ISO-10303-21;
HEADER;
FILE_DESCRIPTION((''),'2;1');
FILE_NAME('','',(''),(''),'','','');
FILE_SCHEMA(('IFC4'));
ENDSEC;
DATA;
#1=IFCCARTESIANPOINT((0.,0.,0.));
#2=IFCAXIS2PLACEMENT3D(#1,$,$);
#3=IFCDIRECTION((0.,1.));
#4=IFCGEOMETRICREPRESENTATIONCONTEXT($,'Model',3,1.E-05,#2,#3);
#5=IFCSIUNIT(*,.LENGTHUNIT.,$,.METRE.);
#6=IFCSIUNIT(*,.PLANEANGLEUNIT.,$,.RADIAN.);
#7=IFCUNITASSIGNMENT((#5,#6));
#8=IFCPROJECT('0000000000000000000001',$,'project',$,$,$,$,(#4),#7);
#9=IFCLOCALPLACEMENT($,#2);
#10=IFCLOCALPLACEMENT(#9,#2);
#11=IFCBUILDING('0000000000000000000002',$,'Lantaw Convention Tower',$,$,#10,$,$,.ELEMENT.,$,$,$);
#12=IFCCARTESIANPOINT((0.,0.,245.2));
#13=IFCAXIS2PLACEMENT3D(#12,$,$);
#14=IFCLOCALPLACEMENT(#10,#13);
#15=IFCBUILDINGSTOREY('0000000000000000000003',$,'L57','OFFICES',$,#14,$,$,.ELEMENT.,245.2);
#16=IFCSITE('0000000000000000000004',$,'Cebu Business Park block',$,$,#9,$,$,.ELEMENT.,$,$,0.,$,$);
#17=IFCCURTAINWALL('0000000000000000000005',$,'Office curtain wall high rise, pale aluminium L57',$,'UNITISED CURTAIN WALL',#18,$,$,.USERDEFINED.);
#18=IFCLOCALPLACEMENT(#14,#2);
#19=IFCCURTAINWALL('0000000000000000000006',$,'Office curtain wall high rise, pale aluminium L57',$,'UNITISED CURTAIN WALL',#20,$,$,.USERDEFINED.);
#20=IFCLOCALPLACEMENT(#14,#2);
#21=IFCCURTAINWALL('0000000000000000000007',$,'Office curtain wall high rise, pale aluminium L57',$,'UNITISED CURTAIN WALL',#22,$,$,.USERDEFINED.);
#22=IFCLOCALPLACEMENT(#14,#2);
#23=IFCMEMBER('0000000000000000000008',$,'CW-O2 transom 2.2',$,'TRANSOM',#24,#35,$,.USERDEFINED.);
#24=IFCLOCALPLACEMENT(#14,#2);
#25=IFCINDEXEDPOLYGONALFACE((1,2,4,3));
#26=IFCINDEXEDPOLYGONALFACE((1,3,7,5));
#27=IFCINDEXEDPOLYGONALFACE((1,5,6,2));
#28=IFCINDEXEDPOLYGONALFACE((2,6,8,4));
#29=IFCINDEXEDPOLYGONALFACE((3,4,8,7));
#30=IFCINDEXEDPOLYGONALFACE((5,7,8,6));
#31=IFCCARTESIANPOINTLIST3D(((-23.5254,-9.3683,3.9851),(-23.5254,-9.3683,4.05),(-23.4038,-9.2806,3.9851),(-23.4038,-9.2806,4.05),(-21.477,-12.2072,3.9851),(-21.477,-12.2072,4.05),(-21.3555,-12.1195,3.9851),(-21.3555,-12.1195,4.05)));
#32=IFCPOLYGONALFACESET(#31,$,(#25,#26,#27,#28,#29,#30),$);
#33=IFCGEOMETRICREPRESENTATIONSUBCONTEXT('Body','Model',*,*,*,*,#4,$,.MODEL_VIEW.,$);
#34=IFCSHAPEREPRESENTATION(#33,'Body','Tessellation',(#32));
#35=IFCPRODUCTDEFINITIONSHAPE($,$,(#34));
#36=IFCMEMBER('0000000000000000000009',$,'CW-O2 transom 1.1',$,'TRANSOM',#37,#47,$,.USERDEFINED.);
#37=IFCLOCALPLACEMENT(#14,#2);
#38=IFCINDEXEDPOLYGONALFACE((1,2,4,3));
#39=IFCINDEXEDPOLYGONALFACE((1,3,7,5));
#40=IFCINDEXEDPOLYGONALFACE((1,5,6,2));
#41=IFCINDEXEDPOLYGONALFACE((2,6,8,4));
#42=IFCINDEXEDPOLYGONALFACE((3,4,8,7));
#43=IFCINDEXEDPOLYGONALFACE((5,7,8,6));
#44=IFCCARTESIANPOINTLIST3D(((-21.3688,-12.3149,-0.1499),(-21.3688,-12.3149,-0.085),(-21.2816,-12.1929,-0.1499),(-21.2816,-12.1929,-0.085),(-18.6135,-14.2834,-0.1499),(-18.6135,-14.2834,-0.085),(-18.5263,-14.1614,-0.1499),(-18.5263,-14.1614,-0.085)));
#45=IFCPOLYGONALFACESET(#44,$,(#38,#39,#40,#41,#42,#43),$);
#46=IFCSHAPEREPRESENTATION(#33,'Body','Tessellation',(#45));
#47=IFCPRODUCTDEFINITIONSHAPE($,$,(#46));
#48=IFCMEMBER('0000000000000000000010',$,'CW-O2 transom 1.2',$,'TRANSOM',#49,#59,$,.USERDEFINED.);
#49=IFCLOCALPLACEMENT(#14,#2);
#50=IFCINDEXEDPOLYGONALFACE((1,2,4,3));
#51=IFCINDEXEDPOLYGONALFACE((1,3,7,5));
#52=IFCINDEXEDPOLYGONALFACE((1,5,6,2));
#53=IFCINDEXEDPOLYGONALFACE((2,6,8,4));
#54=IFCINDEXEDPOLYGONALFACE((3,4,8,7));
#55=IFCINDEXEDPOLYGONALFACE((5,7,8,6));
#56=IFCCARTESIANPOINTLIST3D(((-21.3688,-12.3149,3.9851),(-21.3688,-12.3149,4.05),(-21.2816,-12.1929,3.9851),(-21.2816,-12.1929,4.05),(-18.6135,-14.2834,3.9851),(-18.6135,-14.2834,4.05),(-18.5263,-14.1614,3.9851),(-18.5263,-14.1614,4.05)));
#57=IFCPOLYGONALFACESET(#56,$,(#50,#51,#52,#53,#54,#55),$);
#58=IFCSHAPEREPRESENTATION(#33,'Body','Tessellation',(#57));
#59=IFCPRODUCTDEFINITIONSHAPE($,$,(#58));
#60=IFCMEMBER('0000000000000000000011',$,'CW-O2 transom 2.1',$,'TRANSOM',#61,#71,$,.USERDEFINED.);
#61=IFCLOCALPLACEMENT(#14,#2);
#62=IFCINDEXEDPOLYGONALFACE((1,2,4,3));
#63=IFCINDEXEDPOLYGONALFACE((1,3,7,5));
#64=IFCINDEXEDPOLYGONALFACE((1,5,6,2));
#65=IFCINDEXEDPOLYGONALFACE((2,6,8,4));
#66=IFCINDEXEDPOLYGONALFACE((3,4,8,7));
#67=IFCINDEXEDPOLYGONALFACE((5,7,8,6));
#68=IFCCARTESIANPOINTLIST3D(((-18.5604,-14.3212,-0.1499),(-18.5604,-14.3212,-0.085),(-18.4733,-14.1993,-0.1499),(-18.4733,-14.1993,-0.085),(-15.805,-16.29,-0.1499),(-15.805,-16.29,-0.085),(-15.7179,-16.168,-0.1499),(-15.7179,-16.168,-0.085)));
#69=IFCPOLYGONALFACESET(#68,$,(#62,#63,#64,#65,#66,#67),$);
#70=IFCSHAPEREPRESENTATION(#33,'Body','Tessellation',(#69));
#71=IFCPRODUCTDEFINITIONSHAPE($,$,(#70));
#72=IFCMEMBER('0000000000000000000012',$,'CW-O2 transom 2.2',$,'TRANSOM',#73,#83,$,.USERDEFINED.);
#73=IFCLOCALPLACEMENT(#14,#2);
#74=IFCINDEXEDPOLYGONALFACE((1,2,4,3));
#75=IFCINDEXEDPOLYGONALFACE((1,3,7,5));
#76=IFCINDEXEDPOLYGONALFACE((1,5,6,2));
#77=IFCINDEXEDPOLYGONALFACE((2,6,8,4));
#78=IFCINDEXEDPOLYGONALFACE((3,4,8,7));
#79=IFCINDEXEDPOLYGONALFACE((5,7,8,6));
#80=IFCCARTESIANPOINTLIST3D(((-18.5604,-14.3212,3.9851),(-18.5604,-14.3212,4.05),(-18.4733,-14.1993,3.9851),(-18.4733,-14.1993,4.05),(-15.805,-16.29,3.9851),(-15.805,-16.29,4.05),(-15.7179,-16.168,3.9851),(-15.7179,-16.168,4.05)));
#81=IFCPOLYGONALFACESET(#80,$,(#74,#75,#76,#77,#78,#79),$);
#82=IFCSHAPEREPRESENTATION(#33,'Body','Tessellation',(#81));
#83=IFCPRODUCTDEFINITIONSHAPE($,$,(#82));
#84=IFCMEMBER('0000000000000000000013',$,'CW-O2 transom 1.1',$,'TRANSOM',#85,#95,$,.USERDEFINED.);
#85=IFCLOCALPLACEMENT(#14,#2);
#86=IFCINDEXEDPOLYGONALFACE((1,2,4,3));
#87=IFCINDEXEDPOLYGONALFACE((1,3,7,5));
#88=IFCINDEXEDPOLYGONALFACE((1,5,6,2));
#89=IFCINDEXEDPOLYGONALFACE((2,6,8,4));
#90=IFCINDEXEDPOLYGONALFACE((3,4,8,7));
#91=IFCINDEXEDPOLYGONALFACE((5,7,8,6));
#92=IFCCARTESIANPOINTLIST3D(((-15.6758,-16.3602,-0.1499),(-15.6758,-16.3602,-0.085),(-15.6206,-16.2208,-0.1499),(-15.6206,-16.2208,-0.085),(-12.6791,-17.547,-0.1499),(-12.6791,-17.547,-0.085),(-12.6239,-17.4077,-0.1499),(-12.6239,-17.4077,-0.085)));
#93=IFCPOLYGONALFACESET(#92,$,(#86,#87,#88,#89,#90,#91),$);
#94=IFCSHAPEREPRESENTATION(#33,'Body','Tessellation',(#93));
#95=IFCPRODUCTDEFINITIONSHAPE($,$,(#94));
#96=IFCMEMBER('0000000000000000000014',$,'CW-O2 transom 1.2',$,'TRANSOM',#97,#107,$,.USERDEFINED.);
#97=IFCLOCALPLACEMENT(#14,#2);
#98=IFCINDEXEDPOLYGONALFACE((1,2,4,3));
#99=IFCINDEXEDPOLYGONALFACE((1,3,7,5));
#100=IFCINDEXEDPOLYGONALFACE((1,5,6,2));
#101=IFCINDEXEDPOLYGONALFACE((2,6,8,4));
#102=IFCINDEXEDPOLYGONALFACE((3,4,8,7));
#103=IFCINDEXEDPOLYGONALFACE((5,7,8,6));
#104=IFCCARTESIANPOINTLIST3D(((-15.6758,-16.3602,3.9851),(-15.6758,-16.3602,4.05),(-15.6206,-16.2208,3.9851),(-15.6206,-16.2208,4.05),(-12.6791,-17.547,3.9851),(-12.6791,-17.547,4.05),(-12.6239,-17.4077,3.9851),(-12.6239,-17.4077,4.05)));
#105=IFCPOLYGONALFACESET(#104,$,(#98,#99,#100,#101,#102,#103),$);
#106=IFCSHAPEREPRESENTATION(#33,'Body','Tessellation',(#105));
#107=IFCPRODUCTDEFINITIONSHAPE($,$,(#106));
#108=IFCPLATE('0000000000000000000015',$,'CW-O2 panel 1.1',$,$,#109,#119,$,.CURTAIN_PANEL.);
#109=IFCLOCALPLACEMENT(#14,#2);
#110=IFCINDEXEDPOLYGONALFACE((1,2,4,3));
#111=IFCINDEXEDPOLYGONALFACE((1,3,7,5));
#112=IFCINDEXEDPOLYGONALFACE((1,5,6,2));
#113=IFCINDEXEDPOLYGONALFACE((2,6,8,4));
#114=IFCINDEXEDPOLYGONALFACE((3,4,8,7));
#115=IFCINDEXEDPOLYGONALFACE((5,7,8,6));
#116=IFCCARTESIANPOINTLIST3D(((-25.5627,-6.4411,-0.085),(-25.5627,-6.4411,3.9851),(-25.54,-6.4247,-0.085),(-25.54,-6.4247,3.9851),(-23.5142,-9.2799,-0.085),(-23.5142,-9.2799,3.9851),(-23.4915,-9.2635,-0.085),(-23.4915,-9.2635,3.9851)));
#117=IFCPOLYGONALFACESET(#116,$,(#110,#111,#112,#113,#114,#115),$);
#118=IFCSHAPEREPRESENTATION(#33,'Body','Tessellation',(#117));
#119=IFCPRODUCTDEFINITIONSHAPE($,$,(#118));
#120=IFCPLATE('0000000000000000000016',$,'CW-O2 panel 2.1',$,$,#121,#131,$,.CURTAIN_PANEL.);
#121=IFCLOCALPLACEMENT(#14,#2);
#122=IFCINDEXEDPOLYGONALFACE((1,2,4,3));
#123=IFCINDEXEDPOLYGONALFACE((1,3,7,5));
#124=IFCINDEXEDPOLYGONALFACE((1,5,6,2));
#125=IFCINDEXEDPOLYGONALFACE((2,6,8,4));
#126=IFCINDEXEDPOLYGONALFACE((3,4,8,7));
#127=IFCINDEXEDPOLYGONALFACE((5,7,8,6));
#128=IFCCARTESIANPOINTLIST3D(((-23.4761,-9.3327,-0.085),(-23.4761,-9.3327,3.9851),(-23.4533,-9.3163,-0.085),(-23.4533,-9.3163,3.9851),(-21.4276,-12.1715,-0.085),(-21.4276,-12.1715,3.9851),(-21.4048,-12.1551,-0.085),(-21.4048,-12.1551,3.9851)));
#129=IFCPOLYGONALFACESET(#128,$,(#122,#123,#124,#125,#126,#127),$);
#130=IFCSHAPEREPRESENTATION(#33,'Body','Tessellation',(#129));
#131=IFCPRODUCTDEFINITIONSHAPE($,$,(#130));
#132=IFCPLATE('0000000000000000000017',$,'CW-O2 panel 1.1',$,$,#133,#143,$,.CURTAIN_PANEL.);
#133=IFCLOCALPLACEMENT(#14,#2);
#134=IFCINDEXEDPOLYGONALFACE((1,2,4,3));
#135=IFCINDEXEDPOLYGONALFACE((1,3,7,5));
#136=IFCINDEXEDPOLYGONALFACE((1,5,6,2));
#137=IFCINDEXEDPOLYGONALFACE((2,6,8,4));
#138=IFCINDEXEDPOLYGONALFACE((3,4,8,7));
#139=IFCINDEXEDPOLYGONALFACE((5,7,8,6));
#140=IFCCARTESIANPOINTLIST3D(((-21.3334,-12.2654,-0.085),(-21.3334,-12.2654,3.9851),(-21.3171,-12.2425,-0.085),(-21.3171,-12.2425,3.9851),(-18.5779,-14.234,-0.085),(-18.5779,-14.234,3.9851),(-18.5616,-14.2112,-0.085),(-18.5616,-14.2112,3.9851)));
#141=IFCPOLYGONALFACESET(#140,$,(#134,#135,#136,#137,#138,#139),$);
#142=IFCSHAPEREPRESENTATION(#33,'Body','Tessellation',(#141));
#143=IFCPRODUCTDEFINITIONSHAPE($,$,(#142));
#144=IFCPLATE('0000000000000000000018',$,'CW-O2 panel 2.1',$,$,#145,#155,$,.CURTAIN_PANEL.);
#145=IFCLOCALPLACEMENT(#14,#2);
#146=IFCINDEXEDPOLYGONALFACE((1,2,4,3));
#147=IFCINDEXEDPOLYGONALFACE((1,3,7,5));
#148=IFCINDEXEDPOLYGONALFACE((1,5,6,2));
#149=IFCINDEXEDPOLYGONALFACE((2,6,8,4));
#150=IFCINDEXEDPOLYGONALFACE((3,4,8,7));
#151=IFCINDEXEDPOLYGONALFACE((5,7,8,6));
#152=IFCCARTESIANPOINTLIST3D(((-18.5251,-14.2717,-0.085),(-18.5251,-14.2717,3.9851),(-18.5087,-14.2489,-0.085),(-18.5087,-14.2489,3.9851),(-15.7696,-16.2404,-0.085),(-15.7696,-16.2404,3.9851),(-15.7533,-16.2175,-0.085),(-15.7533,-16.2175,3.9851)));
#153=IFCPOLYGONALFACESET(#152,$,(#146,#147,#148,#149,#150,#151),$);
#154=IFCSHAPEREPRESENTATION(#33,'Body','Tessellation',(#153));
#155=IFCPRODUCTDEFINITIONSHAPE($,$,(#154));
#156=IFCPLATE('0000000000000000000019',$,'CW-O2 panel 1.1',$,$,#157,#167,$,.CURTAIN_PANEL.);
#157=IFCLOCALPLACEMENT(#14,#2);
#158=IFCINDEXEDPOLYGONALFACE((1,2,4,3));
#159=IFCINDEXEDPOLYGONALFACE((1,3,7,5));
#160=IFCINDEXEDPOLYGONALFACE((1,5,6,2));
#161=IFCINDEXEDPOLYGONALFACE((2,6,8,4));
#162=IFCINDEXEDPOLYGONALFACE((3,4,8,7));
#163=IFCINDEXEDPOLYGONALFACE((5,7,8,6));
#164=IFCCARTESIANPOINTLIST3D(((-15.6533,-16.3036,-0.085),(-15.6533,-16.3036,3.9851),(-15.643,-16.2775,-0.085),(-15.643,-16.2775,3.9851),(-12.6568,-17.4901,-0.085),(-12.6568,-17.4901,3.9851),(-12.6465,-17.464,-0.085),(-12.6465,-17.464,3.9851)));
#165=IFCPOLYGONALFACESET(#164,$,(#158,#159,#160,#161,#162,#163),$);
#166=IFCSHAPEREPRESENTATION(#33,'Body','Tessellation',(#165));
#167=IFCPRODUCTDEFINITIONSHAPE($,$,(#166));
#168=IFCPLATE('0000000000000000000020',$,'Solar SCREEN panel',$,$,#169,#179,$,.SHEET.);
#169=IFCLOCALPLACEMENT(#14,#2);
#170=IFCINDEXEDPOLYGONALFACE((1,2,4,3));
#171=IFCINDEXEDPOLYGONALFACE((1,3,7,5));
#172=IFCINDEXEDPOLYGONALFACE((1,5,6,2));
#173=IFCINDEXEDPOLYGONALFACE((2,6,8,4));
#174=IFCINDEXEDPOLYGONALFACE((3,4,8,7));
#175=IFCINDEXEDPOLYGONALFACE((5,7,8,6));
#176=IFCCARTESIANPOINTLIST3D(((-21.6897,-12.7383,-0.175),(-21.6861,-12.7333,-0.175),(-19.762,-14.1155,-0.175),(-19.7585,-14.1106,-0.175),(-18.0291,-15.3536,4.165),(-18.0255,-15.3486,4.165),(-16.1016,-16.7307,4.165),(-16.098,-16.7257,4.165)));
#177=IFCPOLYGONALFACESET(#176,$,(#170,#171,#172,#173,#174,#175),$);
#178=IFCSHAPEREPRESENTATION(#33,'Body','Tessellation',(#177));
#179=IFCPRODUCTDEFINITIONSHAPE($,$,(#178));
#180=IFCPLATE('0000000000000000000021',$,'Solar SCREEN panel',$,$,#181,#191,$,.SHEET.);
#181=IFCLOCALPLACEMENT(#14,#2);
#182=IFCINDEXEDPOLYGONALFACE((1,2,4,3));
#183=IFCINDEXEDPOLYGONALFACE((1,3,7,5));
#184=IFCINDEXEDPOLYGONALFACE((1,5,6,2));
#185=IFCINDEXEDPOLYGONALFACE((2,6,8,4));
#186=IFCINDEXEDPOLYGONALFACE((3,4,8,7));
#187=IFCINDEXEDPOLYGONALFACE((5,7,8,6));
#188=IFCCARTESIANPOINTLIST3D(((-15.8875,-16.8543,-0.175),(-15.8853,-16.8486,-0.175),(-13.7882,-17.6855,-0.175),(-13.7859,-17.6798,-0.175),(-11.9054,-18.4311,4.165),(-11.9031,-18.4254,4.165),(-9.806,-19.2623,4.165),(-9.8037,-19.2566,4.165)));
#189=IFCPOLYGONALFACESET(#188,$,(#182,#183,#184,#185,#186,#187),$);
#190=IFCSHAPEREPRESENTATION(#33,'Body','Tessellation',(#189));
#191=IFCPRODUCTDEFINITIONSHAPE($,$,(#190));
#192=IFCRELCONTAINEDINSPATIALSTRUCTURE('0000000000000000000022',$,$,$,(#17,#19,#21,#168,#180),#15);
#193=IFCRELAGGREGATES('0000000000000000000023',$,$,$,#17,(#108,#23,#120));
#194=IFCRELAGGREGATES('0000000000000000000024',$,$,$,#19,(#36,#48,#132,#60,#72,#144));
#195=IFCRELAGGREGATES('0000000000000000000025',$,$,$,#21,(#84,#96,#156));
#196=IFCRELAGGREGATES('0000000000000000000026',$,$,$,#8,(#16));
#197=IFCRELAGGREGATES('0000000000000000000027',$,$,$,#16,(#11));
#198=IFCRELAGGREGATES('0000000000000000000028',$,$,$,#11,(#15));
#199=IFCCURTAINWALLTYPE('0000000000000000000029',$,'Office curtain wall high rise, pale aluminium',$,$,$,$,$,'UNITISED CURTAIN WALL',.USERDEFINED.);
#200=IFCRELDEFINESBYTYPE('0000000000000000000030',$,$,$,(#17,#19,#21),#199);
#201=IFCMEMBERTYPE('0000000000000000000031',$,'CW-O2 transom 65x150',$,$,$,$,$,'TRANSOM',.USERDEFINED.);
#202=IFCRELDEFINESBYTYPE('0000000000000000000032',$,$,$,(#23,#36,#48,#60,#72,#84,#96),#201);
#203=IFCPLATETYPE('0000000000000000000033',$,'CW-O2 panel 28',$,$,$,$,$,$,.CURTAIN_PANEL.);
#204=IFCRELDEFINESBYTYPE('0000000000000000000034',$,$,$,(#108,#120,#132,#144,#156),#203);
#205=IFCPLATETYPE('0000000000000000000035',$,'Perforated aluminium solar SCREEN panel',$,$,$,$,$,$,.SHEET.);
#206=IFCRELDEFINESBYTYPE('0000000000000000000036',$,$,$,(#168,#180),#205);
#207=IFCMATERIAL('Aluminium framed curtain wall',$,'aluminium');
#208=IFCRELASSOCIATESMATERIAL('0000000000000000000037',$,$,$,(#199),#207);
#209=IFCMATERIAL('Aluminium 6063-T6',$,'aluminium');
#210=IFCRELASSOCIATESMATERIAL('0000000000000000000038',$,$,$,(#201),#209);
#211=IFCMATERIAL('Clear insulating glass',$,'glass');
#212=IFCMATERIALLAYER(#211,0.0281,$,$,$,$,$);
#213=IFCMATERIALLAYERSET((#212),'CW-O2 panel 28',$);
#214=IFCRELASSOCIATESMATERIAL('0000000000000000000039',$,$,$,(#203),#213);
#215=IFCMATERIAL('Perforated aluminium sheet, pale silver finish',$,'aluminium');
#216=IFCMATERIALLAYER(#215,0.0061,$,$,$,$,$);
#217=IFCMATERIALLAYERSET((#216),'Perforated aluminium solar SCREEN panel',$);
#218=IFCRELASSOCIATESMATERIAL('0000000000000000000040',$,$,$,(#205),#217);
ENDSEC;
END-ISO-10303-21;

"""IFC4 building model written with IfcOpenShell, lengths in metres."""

from ifc_helpers import new_model, si_unit, direction, frame, origin, origin_2d, place, context, subcontext, project, spatial, polyline, rectangle, outline, extrude, material, layer, layer_set, material_profile, profile_set, type_object, element, aggregate, save


model = new_model("IFC4")

# Units and contexts
model_context = context("Model", 3, precision=1e-05, world=origin(), true_north=direction((0.0, 1.0)))
body_context = subcontext(model_context, "Body", "Model", "MODEL_VIEW")
ifc_project = project(units=[si_unit("LENGTHUNIT", "METRE"), si_unit("PLANEANGLEUNIT", "RADIAN")], contexts=[model_context])

# Site, building, storey
site_placement = place(None, origin())
site = spatial("IfcSite", under=ifc_project, at=site_placement, Name="Cebu Business Park block", CompositionType="ELEMENT", RefElevation=0.0)
building_placement = place(site_placement, origin())
building = spatial("IfcBuilding", under=site, at=building_placement, Name="Lantaw Convention Tower", CompositionType="ELEMENT")
storey_placement = place(building_placement, frame((0.0, 0.0, 245.2)))
storey = spatial("IfcBuildingStorey", under=building, at=storey_placement, Name="L57", Description="OFFICES", CompositionType="ELEMENT", Elevation=245.2)

# Curtain walls
ifc_material_1 = material(Name="Aluminium framed curtain wall", Category="aluminium")
curtain_wall_type = type_object("IfcCurtainWallType", Name="Office curtain wall high rise, pale aluminium", ElementType="UNITISED CURTAIN WALL", PredefinedType="USERDEFINED", material=ifc_material_1)
curtain_wall_1_placement = place(storey_placement, origin())
curtain_wall_1 = element("IfcCurtainWall", 1, at=curtain_wall_1_placement, inside=storey, type_object=curtain_wall_type, Name="Office curtain wall high rise, pale aluminium L57", ObjectType="UNITISED CURTAIN WALL", PredefinedType="USERDEFINED")
ifc_material_2 = material(Name="Aluminium 6063-T6", Category="aluminium")
curtain_wall_2_placement = place(storey_placement, origin())
curtain_wall_2 = element("IfcCurtainWall", 2, at=curtain_wall_2_placement, inside=storey, type_object=curtain_wall_type, Name="Office curtain wall high rise, pale aluminium L57", ObjectType="UNITISED CURTAIN WALL", PredefinedType="USERDEFINED")

# Curtain wall
curtain_wall_3_placement = place(storey_placement, origin())
curtain_wall_3 = element("IfcCurtainWall", 3, at=curtain_wall_3_placement, inside=storey, type_object=curtain_wall_type, Name="Office curtain wall high rise, pale aluminium L57", ObjectType="UNITISED CURTAIN WALL", PredefinedType="USERDEFINED")

# Members
ifc_material_profile_1 = material_profile(ifc_material_2, rectangle(XDim=0.1499, YDim=0.0649, at=origin_2d()), Name="CW-O2 transom 65x150")
ifc_profile_set_1 = profile_set([ifc_material_profile_1], Name="Aluminium 6063-T6")
member_type_1 = type_object("IfcMemberType", Name="CW-O2 transom 65x150", ElementType="TRANSOM", PredefinedType="USERDEFINED", material=ifc_profile_set_1)
member_1_placement = place(storey_placement, frame((-23.4646, -9.3245, 4.0176), z_axis=(0.585124, -0.810944, 0.0), x_axis=(0.810944, 0.585124, 0.0)))
member_1 = element("IfcMember", 4, at=member_1_placement, type_object=member_type_1, Name="CW-O2 transom 2.2", ObjectType="TRANSOM", PredefinedType="USERDEFINED", context=body_context, shape_type="SweptSolid", body=[
    extrude(rectangle(XDim=0.1499, YDim=0.0649, at=origin_2d()), origin(), (0.0, 0.0, 1.0), 3.5007),
])
member_2_placement = place(storey_placement, frame((-21.3252, -12.2539, -0.1174), z_axis=(0.81368, -0.581313, 0.0), x_axis=(0.581313, 0.81368, 0.0)))
member_2 = element("IfcMember", 5, at=member_2_placement, type_object=member_type_1, Name="CW-O2 transom 1.1", ObjectType="TRANSOM", PredefinedType="USERDEFINED", context=body_context, shape_type="SweptSolid", body=[
    extrude(rectangle(XDim=0.1499, YDim=0.0649, at=origin_2d()), origin(), (0.0, 0.0, 1.0), 3.3862),
])
member_3_placement = place(storey_placement, frame((-21.3252, -12.2539, 4.0176), z_axis=(0.81368, -0.581313, 0.0), x_axis=(0.581313, 0.81368, 0.0)))
member_3 = element("IfcMember", 6, at=member_3_placement, type_object=member_type_1, Name="CW-O2 transom 1.2", ObjectType="TRANSOM", PredefinedType="USERDEFINED", context=body_context, shape_type="SweptSolid", body=[
    extrude(rectangle(XDim=0.1499, YDim=0.0649, at=origin_2d()), origin(), (0.0, 0.0, 1.0), 3.3862),
])
member_4_placement = place(storey_placement, frame((-18.5168, -14.2603, -0.1174), z_axis=(0.813646, -0.581361, 0.0), x_axis=(0.581361, 0.813646, 0.0)))
member_4 = element("IfcMember", 7, at=member_4_placement, type_object=member_type_1, Name="CW-O2 transom 2.1", ObjectType="TRANSOM", PredefinedType="USERDEFINED", context=body_context, shape_type="SweptSolid", body=[
    extrude(rectangle(XDim=0.1499, YDim=0.0649, at=origin_2d()), origin(), (0.0, 0.0, 1.0), 3.3865),
])
member_5_placement = place(storey_placement, frame((-18.5168, -14.2603, 4.0176), z_axis=(0.813646, -0.581361, 0.0), x_axis=(0.581361, 0.813646, 0.0)))
member_5 = element("IfcMember", 8, at=member_5_placement, type_object=member_type_1, Name="CW-O2 transom 2.2", ObjectType="TRANSOM", PredefinedType="USERDEFINED", context=body_context, shape_type="SweptSolid", body=[
    extrude(rectangle(XDim=0.1499, YDim=0.0649, at=origin_2d()), origin(), (0.0, 0.0, 1.0), 3.3865),
])
member_6_placement = place(storey_placement, frame((-15.6482, -16.2905, -0.1174), z_axis=(0.929741, -0.368215, 0.0), x_axis=(0.368215, 0.929741, 0.0)))
member_6 = element("IfcMember", 9, at=member_6_placement, type_object=member_type_1, Name="CW-O2 transom 1.1", ObjectType="TRANSOM", PredefinedType="USERDEFINED", context=body_context, shape_type="SweptSolid", body=[
    extrude(rectangle(XDim=0.1499, YDim=0.0649, at=origin_2d()), origin(), (0.0, 0.0, 1.0), 3.2231),
])
member_7_placement = place(storey_placement, frame((-15.6482, -16.2905, 4.0176), z_axis=(0.929741, -0.368215, 0.0), x_axis=(0.368215, 0.929741, 0.0)))
member_7 = element("IfcMember", 10, at=member_7_placement, type_object=member_type_1, Name="CW-O2 transom 1.2", ObjectType="TRANSOM", PredefinedType="USERDEFINED", context=body_context, shape_type="SweptSolid", body=[
    extrude(rectangle(XDim=0.1499, YDim=0.0649, at=origin_2d()), origin(), (0.0, 0.0, 1.0), 3.2231),
])

# Plates
ifc_material_3 = material(Name="Clear insulating glass", Category="glass")
ifc_layer_1 = layer(ifc_material_3, 0.0281)
ifc_layer_set_1 = layer_set([ifc_layer_1], Name="CW-O2 panel 28")
plate_type_1 = type_object("IfcPlateType", Name="CW-O2 panel 28", PredefinedType="CURTAIN_PANEL", material=ifc_layer_set_1)
plate_1_placement = place(storey_placement, frame((-24.5271, -7.8523, -0.085), z_axis=(0.0, 0.0, 1.0), x_axis=(0.585158, -0.81092, 0.0)))
plate_1 = element("IfcPlate", 11, at=plate_1_placement, type_object=plate_type_1, Name="CW-O2 panel 1.1", PredefinedType="CURTAIN_PANEL", context=body_context, shape_type="SweptSolid", body=[
    extrude(rectangle(XDim=3.5007, YDim=0.0281, at=origin_2d()), origin(), (0.0, 0.0, 1.0), 4.0701),
])
plate_2_placement = place(storey_placement, frame((-22.4404, -10.7439, -0.085), z_axis=(0.0, 0.0, 1.0), x_axis=(0.585158, -0.81092, 0.0)))
plate_2 = element("IfcPlate", 12, at=plate_2_placement, type_object=plate_type_1, Name="CW-O2 panel 2.1", PredefinedType="CURTAIN_PANEL", context=body_context, shape_type="SweptSolid", body=[
    extrude(rectangle(XDim=3.5007, YDim=0.0281, at=origin_2d()), origin(), (0.0, 0.0, 1.0), 4.0701),
])
aggregate(curtain_wall_1, [plate_1, member_1, plate_2])
plate_3_placement = place(storey_placement, frame((-19.9475, -13.2383, -0.085), z_axis=(0.0, 0.0, 1.0), x_axis=(0.813673, -0.581323, 0.0)))
plate_3 = element("IfcPlate", 13, at=plate_3_placement, type_object=plate_type_1, Name="CW-O2 panel 1.1", PredefinedType="CURTAIN_PANEL", context=body_context, shape_type="SweptSolid", body=[
    extrude(rectangle(XDim=3.3865, YDim=0.0281, at=origin_2d()), origin(), (0.0, 0.0, 1.0), 4.0701),
])
plate_4_placement = place(storey_placement, frame((-17.1392, -15.2446, -0.085), z_axis=(0.0, 0.0, 1.0), x_axis=(0.813673, -0.581323, 0.0)))
plate_4 = element("IfcPlate", 14, at=plate_4_placement, type_object=plate_type_1, Name="CW-O2 panel 2.1", PredefinedType="CURTAIN_PANEL", context=body_context, shape_type="SweptSolid", body=[
    extrude(rectangle(XDim=3.3865, YDim=0.0281, at=origin_2d()), origin(), (0.0, 0.0, 1.0), 4.0701),
])
aggregate(curtain_wall_2, [member_2, member_3, plate_3, member_4, member_5, plate_4])
plate_5_placement = place(storey_placement, frame((-14.1499, -16.8838, -0.085), z_axis=(0.0, 0.0, 1.0), x_axis=(0.929762, -0.368162, 0.0)))
plate_5 = element("IfcPlate", 15, at=plate_5_placement, type_object=plate_type_1, Name="CW-O2 panel 1.1", PredefinedType="CURTAIN_PANEL", context=body_context, shape_type="SweptSolid", body=[
    extrude(rectangle(XDim=3.2229, YDim=0.0281, at=origin_2d()), origin(), (0.0, 0.0, 1.0), 4.0701),
])
aggregate(curtain_wall_3, [member_6, member_7, plate_5])

# Plates
ifc_material_4 = material(Name="Perforated aluminium sheet, pale silver finish", Category="aluminium")
ifc_layer_2 = layer(ifc_material_4, 0.0061)
ifc_layer_set_2 = layer_set([ifc_layer_2], Name="Perforated aluminium solar SCREEN panel")
plate_type_2 = type_object("IfcPlateType", Name="Perforated aluminium solar SCREEN panel", PredefinedType="SHEET", material=ifc_layer_set_2)
plate_6_placement = place(storey_placement, frame((-21.6897, -12.7383, -0.175), z_axis=(-0.581331, -0.813667, 0.00001), x_axis=(0.813667, -0.581331, 0.0)))
element("IfcPlate", 16, at=plate_6_placement, inside=storey, type_object=plate_type_2, Name="Solar SCREEN panel", PredefinedType="SHEET", context=body_context, shape_type="SweptSolid", body=[
    extrude(outline(polyline([(0.0, 0.0), (2.3691, 0.0), (6.8678, 4.3401), (4.4989, 4.3401), (0.0, 0.0)])), origin(), (0.0, 0.0, -1.0), 0.0061),
])
plate_7_placement = place(storey_placement, frame((-15.8853, -16.8486, -0.175), z_axis=(0.368117, 0.92978, 0.000036), x_axis=(0.92978, -0.368117, 0.0)))
element("IfcPlate", 17, at=plate_7_placement, inside=storey, type_object=plate_type_2, Name="Solar SCREEN panel", PredefinedType="SHEET", context=body_context, shape_type="SweptSolid", body=[
    extrude(outline(polyline([(0.0, 0.0), (2.2579, 0.0), (6.5409, -4.3401), (4.2829, -4.3401), (0.0, 0.0)])), origin(), (0.0, 0.0, -1.0), 0.0061),
])

save(model, "model.ifc")
